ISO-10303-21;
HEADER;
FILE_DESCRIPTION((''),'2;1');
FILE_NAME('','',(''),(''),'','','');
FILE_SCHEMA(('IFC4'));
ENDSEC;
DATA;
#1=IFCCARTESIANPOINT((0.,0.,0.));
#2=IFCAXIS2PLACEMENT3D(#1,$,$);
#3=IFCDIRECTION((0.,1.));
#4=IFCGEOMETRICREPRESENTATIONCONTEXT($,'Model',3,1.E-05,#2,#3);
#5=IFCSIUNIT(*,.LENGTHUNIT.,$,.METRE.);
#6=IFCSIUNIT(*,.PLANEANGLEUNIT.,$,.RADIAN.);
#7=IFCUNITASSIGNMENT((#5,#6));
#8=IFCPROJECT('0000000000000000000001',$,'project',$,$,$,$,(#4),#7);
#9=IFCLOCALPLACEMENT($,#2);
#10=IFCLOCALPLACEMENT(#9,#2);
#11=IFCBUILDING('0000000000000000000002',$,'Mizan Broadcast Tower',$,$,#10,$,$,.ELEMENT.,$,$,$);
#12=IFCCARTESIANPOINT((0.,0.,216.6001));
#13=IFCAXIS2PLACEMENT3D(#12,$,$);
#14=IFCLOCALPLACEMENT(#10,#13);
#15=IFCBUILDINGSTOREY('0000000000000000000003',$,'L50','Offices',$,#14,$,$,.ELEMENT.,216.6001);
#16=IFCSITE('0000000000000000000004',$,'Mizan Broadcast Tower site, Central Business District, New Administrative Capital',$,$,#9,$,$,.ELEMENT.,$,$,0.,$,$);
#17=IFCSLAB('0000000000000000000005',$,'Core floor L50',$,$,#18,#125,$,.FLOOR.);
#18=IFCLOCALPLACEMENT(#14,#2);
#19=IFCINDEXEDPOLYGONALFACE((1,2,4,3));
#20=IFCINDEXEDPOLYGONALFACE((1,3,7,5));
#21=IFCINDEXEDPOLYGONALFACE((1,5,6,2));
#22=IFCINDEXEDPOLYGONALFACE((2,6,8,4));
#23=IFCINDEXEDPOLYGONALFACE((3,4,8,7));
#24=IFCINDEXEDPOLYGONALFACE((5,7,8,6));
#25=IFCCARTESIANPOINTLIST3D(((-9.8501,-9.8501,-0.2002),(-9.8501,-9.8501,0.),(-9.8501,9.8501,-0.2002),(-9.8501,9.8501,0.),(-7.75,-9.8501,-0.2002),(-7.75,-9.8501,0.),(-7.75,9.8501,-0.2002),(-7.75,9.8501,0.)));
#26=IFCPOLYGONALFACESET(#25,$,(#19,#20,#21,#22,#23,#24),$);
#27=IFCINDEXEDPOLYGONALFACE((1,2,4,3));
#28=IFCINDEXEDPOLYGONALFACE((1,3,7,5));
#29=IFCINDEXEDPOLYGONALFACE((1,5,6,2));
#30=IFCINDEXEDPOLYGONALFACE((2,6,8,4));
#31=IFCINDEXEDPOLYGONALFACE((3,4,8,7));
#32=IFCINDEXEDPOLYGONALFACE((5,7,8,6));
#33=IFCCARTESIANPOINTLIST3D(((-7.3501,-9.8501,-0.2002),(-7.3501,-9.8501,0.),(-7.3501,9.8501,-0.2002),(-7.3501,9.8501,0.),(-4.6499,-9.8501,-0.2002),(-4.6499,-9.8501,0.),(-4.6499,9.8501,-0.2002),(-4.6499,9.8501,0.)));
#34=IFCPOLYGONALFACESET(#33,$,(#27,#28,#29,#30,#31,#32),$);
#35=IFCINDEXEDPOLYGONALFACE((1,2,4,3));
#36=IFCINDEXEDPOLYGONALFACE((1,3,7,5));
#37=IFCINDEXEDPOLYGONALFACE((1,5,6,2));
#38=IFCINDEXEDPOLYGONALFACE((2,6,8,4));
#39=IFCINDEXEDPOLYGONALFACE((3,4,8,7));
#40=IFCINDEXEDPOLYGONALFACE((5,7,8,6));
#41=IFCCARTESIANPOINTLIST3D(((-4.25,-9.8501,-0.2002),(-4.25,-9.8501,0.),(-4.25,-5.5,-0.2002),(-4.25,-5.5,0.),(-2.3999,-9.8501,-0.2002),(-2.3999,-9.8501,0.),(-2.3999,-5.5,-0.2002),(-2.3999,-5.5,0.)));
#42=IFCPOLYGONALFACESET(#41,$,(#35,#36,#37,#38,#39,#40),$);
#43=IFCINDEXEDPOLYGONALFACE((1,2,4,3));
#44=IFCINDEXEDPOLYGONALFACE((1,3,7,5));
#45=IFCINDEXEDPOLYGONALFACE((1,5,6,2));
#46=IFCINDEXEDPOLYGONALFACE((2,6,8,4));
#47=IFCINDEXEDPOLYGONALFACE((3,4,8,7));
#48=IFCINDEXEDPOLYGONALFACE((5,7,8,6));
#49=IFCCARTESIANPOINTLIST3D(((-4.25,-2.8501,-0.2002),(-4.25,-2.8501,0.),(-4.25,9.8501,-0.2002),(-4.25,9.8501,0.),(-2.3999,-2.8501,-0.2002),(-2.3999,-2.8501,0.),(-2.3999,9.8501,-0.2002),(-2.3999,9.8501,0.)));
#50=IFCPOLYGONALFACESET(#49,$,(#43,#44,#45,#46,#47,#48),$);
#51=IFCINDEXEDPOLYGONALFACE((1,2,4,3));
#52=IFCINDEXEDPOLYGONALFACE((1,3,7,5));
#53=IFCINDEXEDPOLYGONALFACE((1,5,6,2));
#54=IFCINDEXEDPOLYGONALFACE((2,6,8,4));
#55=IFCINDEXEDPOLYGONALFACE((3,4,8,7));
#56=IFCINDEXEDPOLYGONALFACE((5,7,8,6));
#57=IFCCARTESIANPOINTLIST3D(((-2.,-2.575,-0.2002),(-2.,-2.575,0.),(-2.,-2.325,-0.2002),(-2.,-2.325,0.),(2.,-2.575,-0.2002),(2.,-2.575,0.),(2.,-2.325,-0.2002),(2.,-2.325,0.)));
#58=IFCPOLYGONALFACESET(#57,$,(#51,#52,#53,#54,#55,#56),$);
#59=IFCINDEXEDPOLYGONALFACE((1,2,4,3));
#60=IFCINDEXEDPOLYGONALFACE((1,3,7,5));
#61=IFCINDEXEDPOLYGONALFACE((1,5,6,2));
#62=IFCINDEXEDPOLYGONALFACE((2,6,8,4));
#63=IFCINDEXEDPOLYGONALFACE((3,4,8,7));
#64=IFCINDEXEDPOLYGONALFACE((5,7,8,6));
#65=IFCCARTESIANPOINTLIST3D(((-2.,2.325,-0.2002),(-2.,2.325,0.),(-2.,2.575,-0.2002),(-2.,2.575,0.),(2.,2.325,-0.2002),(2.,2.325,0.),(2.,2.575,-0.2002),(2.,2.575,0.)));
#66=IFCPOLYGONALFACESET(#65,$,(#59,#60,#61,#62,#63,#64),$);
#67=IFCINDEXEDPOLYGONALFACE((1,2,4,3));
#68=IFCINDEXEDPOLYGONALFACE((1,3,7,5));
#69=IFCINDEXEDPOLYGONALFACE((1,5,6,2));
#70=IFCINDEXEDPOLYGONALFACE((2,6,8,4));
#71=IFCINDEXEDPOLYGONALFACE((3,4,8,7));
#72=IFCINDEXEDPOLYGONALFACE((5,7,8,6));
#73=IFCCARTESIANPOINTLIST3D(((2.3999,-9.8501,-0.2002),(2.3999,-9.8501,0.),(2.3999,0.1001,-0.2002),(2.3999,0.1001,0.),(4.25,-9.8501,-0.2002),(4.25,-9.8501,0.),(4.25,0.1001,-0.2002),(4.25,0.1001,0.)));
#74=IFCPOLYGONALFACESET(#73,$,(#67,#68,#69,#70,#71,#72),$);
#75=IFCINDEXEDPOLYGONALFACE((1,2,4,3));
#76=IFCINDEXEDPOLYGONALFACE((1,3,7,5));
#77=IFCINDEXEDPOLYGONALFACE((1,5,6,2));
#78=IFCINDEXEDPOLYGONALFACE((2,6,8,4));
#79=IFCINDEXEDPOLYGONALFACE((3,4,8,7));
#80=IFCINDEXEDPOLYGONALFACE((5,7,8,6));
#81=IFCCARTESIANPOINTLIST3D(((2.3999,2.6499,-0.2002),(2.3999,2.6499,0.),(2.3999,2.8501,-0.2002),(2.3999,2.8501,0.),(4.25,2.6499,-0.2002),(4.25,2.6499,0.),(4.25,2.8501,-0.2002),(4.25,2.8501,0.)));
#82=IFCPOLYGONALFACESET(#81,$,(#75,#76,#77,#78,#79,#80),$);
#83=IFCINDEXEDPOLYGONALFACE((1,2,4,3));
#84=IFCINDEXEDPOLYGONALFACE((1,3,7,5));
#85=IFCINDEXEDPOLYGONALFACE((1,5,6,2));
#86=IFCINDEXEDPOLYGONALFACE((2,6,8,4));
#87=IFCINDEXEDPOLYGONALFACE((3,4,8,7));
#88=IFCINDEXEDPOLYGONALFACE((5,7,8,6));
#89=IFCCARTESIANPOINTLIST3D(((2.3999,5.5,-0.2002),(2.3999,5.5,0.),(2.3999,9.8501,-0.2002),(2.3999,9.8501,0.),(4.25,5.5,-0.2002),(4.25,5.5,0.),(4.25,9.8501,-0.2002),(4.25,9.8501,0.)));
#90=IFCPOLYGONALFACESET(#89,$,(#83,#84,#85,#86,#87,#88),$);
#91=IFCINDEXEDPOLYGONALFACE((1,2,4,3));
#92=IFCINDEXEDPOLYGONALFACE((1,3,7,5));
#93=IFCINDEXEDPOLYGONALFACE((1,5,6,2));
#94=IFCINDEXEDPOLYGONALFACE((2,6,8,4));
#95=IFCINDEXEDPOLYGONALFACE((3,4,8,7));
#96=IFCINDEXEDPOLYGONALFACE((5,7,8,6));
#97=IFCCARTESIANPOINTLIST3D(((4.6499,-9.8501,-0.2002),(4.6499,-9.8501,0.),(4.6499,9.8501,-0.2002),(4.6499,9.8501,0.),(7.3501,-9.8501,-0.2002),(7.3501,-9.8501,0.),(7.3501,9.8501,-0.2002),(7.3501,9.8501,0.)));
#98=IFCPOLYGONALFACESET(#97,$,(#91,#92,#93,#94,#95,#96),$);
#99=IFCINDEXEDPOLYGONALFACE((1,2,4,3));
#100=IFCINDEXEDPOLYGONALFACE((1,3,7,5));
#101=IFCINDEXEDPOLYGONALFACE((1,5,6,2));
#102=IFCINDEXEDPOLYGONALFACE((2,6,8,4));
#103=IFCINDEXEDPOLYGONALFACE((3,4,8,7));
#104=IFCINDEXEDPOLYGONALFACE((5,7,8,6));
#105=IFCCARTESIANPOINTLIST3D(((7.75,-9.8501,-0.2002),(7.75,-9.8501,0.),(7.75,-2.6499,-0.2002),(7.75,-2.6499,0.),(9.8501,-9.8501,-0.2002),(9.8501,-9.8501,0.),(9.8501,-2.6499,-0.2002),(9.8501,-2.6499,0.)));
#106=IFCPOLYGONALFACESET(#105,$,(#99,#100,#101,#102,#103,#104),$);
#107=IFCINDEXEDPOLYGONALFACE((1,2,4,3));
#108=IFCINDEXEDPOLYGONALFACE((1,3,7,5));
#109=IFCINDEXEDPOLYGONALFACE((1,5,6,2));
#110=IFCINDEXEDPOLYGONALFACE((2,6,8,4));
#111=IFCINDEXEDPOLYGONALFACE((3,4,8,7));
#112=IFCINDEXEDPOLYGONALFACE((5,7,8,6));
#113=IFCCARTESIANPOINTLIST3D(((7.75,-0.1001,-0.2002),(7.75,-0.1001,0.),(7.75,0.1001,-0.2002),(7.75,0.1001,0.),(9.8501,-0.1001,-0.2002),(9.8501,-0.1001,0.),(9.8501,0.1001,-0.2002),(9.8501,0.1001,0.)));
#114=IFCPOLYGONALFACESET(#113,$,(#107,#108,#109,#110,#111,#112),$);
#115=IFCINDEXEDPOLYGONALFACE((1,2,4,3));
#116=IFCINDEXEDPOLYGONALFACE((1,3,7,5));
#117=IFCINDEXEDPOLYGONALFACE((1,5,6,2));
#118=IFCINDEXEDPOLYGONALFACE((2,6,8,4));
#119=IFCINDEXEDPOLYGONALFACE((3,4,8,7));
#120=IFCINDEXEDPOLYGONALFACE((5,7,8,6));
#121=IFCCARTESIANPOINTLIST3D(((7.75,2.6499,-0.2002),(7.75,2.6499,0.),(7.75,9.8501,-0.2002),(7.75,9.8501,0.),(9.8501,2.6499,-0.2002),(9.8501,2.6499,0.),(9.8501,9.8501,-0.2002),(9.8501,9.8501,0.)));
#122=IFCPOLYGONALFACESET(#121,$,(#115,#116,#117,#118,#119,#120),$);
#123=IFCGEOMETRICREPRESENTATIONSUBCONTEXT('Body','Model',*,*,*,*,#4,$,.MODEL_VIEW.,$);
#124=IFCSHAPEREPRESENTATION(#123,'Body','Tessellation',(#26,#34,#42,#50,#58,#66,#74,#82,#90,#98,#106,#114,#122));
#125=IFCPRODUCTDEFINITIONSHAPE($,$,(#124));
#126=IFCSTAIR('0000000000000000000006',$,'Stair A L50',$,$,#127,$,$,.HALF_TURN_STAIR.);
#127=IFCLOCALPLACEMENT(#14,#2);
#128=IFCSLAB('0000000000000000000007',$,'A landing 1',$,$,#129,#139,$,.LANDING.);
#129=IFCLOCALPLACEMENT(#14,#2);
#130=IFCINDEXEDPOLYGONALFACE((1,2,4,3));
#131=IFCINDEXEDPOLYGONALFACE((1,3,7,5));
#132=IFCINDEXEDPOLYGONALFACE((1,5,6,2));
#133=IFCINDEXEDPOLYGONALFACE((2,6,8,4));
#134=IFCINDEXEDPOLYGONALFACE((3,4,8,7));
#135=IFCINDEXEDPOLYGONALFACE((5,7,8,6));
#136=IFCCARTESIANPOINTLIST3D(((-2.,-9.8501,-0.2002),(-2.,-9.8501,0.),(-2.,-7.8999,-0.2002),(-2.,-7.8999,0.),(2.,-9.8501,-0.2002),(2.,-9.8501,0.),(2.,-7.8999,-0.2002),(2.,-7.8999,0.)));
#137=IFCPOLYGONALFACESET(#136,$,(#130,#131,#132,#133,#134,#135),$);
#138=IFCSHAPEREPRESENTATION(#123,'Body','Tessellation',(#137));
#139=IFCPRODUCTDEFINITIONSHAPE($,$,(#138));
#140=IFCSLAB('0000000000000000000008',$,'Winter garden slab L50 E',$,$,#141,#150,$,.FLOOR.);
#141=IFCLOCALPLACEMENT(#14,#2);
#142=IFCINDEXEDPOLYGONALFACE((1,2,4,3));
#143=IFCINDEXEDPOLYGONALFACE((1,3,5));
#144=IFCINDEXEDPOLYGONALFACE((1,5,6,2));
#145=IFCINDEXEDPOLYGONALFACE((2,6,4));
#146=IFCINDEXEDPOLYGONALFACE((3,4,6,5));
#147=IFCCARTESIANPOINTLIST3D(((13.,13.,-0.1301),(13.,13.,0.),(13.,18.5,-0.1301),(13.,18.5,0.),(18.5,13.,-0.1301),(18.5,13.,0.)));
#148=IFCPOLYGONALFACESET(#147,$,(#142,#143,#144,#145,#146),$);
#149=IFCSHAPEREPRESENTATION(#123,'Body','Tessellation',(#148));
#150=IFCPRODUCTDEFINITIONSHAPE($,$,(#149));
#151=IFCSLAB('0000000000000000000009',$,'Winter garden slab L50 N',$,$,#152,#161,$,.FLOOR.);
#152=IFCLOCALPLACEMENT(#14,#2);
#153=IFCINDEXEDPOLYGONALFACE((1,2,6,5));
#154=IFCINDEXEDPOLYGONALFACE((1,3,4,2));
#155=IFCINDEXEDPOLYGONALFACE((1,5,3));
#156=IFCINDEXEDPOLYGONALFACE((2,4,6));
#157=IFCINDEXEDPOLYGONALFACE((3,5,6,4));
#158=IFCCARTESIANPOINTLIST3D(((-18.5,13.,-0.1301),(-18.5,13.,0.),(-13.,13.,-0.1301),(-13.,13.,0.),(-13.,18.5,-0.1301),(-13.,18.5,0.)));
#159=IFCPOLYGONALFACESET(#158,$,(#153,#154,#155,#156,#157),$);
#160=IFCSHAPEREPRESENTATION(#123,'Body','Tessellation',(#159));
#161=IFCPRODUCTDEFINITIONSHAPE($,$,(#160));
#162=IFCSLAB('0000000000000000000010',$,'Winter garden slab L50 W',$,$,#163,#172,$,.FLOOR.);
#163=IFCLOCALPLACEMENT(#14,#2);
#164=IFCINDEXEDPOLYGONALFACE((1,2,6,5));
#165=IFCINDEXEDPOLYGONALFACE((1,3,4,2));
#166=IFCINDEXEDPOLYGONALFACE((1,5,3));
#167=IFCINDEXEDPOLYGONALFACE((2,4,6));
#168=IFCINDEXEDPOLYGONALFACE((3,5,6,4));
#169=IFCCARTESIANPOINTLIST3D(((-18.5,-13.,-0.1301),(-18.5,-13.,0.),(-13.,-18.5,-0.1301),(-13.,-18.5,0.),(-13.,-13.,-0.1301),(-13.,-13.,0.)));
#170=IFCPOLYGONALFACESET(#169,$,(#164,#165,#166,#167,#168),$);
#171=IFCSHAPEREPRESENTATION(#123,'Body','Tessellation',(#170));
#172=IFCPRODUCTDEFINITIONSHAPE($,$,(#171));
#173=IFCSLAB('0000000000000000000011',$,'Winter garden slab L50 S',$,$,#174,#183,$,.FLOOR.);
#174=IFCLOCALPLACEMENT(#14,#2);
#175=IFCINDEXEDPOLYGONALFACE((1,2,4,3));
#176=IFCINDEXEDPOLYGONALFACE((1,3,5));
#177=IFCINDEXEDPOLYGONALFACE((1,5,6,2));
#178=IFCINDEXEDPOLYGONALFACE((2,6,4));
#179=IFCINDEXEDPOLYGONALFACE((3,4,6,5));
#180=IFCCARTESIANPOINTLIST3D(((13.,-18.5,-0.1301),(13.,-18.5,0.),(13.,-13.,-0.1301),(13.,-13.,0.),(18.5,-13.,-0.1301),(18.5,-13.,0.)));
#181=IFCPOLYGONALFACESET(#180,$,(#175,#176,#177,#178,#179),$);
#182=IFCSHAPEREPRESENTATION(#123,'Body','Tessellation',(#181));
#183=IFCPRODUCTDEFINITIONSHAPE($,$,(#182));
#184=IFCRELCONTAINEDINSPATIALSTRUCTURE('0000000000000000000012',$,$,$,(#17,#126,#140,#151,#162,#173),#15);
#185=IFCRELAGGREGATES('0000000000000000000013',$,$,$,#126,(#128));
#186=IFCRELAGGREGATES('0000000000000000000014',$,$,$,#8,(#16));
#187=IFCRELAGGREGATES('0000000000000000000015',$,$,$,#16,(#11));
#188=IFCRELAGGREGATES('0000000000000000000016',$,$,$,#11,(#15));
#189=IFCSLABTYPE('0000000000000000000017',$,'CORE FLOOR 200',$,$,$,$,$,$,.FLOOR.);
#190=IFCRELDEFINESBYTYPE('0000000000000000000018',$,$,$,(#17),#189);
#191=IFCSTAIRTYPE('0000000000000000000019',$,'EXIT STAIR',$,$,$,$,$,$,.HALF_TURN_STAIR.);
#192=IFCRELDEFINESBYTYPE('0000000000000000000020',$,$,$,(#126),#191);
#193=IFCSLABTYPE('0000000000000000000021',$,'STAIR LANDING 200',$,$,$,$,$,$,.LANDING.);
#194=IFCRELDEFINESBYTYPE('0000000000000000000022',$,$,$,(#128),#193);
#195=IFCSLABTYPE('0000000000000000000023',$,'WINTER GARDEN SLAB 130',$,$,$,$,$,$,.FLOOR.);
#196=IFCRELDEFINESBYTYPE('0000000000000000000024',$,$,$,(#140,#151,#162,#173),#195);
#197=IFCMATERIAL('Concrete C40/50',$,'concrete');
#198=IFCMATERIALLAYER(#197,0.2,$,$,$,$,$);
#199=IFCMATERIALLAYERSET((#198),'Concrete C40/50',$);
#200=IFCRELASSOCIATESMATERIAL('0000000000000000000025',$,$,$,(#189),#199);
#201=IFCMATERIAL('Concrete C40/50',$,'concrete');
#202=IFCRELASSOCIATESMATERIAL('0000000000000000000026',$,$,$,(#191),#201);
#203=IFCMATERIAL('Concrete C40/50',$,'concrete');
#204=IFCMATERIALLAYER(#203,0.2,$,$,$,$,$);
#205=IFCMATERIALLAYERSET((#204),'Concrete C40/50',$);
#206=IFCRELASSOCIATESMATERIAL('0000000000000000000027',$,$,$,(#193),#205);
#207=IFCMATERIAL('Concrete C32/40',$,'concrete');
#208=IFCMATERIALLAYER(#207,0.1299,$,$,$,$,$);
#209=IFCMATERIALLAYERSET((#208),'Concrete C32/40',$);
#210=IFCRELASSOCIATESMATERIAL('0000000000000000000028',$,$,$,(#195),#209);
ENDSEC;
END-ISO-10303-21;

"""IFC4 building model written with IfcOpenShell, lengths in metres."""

from ifc_helpers import new_model, si_unit, direction, frame, origin, place, context, subcontext, project, spatial, polyline, outline, extrude, material, layer, layer_set, type_object, element, aggregate, save


model = new_model("IFC4")

# Units and contexts
model_context = context("Model", 3, precision=1e-05, world=origin(), true_north=direction((0.0, 1.0)))
body_context = subcontext(model_context, "Body", "Model", "MODEL_VIEW")
ifc_project = project(units=[si_unit("LENGTHUNIT", "METRE"), si_unit("PLANEANGLEUNIT", "RADIAN")], contexts=[model_context])

# Site, building, storey
site_placement = place(None, origin())
site = spatial("IfcSite", under=ifc_project, at=site_placement, Name="Mizan Broadcast Tower site, Central Business District, New Administrative Capital", CompositionType="ELEMENT", RefElevation=0.0)
building_placement = place(site_placement, origin())
building = spatial("IfcBuilding", under=site, at=building_placement, Name="Mizan Broadcast Tower", CompositionType="ELEMENT")
storey_placement = place(building_placement, frame((0.0, 0.0, 216.6001)))
storey = spatial("IfcBuildingStorey", under=building, at=storey_placement, Name="L50", Description="Offices", CompositionType="ELEMENT", Elevation=216.6001)

# Slab
ifc_material_1 = material(Name="Concrete C40/50", Category="concrete")
ifc_layer_1 = layer(ifc_material_1, 0.2)
ifc_layer_set_1 = layer_set([ifc_layer_1], Name="Concrete C40/50")
slab_type_1 = type_object("IfcSlabType", Name="CORE FLOOR 200", PredefinedType="FLOOR", material=ifc_layer_set_1)
slab_1_placement = place(storey_placement, frame((0.0, 0.0, -0.2002)))
element("IfcSlab", 1, at=slab_1_placement, inside=storey, type_object=slab_type_1, Name="Core floor L50", PredefinedType="FLOOR", context=body_context, shape_type="SweptSolid", body=[
    extrude(outline(polyline([(-9.8501, -9.8501), (-7.75, -9.8501), (-7.75, 9.8501), (-9.8501, 9.8501), (-9.8501, -9.8501)])), origin(), (0.0, 0.0, 1.0), 0.2002),
    extrude(outline(polyline([(-4.6499, 9.8501), (-7.3501, 9.8501), (-7.3501, -9.8501), (-4.6499, -9.8501), (-4.6499, 9.8501)])), origin(), (0.0, 0.0, 1.0), 0.2002),
    extrude(outline(polyline([(-4.25, -5.5), (-4.25, -9.8501), (-2.3999, -9.8501), (-2.3999, -5.5), (-4.25, -5.5)])), origin(), (0.0, 0.0, 1.0), 0.2002),
    extrude(outline(polyline([(-4.25, -2.8501), (-2.3999, -2.8501), (-2.3999, 9.8501), (-4.25, 9.8501), (-4.25, -2.8501)])), origin(), (0.0, 0.0, 1.0), 0.2002),
    extrude(outline(polyline([(2.0, -2.325), (-2.0, -2.325), (-2.0, -2.575), (2.0, -2.575), (2.0, -2.325)])), origin(), (0.0, 0.0, 1.0), 0.2002),
    extrude(outline(polyline([(2.0, 2.575), (-2.0, 2.575), (-2.0, 2.325), (2.0, 2.325), (2.0, 2.575)])), origin(), (0.0, 0.0, 1.0), 0.2002),
    extrude(outline(polyline([(4.25, -9.8501), (4.25, 0.1001), (2.3999, 0.1001), (2.3999, -9.8501), (4.25, -9.8501)])), origin(), (0.0, 0.0, 1.0), 0.2002),
    extrude(outline(polyline([(4.25, 2.6499), (4.25, 2.8501), (2.3999, 2.8501), (2.3999, 2.6499), (4.25, 2.6499)])), origin(), (0.0, 0.0, 1.0), 0.2002),
    extrude(outline(polyline([(4.25, 5.5), (4.25, 9.8501), (2.3999, 9.8501), (2.3999, 5.5), (4.25, 5.5)])), origin(), (0.0, 0.0, 1.0), 0.2002),
    extrude(outline(polyline([(4.6499, 9.8501), (4.6499, -9.8501), (7.3501, -9.8501), (7.3501, 9.8501), (4.6499, 9.8501)])), origin(), (0.0, 0.0, 1.0), 0.2002),
    extrude(outline(polyline([(9.8501, -9.8501), (9.8501, -2.6499), (7.75, -2.6499), (7.75, -9.8501), (9.8501, -9.8501)])), origin(), (0.0, 0.0, 1.0), 0.2002),
    extrude(outline(polyline([(9.8501, -0.1001), (9.8501, 0.1001), (7.75, 0.1001), (7.75, -0.1001), (9.8501, -0.1001)])), origin(), (0.0, 0.0, 1.0), 0.2002),
    extrude(outline(polyline([(7.75, 9.8501), (7.75, 2.6499), (9.8501, 2.6499), (9.8501, 9.8501), (7.75, 9.8501)])), origin(), (0.0, 0.0, 1.0), 0.2002),
])

# Stair, slab
ifc_material_2 = material(Name="Concrete C40/50", Category="concrete")
stair_type = type_object("IfcStairType", Name="EXIT STAIR", PredefinedType="HALF_TURN_STAIR", material=ifc_material_2)
stair_placement = place(storey_placement, origin())
stair = element("IfcStair", 2, at=stair_placement, inside=storey, type_object=stair_type, Name="Stair A L50", PredefinedType="HALF_TURN_STAIR")
ifc_material_3 = material(Name="Concrete C40/50", Category="concrete")
ifc_layer_2 = layer(ifc_material_3, 0.2)
ifc_layer_set_2 = layer_set([ifc_layer_2], Name="Concrete C40/50")
slab_type_2 = type_object("IfcSlabType", Name="STAIR LANDING 200", PredefinedType="LANDING", material=ifc_layer_set_2)
slab_2_placement = place(storey_placement, frame((0.0, 0.0, -0.2002)))
slab_2 = element("IfcSlab", 3, at=slab_2_placement, type_object=slab_type_2, Name="A landing 1", PredefinedType="LANDING", context=body_context, shape_type="SweptSolid", body=[
    extrude(outline(polyline([(-2.0, -9.8501), (-2.0, -7.8999), (2.0, -7.8999), (2.0, -9.8501), (-2.0, -9.8501)])), origin(), (0.0, 0.0, 1.0), 0.2002),
])

# Slabs
ifc_material_4 = material(Name="Concrete C32/40", Category="concrete")
ifc_layer_3 = layer(ifc_material_4, 0.1299)
ifc_layer_set_3 = layer_set([ifc_layer_3], Name="Concrete C32/40")
slab_type_3 = type_object("IfcSlabType", Name="WINTER GARDEN SLAB 130", PredefinedType="FLOOR", material=ifc_layer_set_3)
slab_3_placement = place(storey_placement, frame((0.0, 0.0, -0.1301)))
element("IfcSlab", 4, at=slab_3_placement, inside=storey, type_object=slab_type_3, Name="Winter garden slab L50 E", PredefinedType="FLOOR", context=body_context, shape_type="SweptSolid", body=[
    extrude(outline(polyline([(13.0, 13.0), (18.5, 13.0), (13.0, 18.5), (13.0, 13.0)])), origin(), (0.0, 0.0, 1.0), 0.1301),
])
slab_4_placement = place(storey_placement, frame((0.0, 0.0, -0.1301)))
element("IfcSlab", 5, at=slab_4_placement, inside=storey, type_object=slab_type_3, Name="Winter garden slab L50 N", PredefinedType="FLOOR", context=body_context, shape_type="SweptSolid", body=[
    extrude(outline(polyline([(-13.0, 13.0), (-13.0, 18.5), (-18.5, 13.0), (-13.0, 13.0)])), origin(), (0.0, 0.0, 1.0), 0.1301),
])
slab_5_placement = place(storey_placement, frame((0.0, 0.0, -0.1301)))
element("IfcSlab", 6, at=slab_5_placement, inside=storey, type_object=slab_type_3, Name="Winter garden slab L50 W", PredefinedType="FLOOR", context=body_context, shape_type="SweptSolid", body=[
    extrude(outline(polyline([(-13.0, -13.0), (-18.5, -13.0), (-13.0, -18.5), (-13.0, -13.0)])), origin(), (0.0, 0.0, 1.0), 0.1301),
])
slab_6_placement = place(storey_placement, frame((0.0, 0.0, -0.1301)))
element("IfcSlab", 7, at=slab_6_placement, inside=storey, type_object=slab_type_3, Name="Winter garden slab L50 S", PredefinedType="FLOOR", context=body_context, shape_type="SweptSolid", body=[
    extrude(outline(polyline([(13.0, -13.0), (13.0, -18.5), (18.5, -13.0), (13.0, -13.0)])), origin(), (0.0, 0.0, 1.0), 0.1301),
])

aggregate(stair, [slab_2])

save(model, "model.ifc")
